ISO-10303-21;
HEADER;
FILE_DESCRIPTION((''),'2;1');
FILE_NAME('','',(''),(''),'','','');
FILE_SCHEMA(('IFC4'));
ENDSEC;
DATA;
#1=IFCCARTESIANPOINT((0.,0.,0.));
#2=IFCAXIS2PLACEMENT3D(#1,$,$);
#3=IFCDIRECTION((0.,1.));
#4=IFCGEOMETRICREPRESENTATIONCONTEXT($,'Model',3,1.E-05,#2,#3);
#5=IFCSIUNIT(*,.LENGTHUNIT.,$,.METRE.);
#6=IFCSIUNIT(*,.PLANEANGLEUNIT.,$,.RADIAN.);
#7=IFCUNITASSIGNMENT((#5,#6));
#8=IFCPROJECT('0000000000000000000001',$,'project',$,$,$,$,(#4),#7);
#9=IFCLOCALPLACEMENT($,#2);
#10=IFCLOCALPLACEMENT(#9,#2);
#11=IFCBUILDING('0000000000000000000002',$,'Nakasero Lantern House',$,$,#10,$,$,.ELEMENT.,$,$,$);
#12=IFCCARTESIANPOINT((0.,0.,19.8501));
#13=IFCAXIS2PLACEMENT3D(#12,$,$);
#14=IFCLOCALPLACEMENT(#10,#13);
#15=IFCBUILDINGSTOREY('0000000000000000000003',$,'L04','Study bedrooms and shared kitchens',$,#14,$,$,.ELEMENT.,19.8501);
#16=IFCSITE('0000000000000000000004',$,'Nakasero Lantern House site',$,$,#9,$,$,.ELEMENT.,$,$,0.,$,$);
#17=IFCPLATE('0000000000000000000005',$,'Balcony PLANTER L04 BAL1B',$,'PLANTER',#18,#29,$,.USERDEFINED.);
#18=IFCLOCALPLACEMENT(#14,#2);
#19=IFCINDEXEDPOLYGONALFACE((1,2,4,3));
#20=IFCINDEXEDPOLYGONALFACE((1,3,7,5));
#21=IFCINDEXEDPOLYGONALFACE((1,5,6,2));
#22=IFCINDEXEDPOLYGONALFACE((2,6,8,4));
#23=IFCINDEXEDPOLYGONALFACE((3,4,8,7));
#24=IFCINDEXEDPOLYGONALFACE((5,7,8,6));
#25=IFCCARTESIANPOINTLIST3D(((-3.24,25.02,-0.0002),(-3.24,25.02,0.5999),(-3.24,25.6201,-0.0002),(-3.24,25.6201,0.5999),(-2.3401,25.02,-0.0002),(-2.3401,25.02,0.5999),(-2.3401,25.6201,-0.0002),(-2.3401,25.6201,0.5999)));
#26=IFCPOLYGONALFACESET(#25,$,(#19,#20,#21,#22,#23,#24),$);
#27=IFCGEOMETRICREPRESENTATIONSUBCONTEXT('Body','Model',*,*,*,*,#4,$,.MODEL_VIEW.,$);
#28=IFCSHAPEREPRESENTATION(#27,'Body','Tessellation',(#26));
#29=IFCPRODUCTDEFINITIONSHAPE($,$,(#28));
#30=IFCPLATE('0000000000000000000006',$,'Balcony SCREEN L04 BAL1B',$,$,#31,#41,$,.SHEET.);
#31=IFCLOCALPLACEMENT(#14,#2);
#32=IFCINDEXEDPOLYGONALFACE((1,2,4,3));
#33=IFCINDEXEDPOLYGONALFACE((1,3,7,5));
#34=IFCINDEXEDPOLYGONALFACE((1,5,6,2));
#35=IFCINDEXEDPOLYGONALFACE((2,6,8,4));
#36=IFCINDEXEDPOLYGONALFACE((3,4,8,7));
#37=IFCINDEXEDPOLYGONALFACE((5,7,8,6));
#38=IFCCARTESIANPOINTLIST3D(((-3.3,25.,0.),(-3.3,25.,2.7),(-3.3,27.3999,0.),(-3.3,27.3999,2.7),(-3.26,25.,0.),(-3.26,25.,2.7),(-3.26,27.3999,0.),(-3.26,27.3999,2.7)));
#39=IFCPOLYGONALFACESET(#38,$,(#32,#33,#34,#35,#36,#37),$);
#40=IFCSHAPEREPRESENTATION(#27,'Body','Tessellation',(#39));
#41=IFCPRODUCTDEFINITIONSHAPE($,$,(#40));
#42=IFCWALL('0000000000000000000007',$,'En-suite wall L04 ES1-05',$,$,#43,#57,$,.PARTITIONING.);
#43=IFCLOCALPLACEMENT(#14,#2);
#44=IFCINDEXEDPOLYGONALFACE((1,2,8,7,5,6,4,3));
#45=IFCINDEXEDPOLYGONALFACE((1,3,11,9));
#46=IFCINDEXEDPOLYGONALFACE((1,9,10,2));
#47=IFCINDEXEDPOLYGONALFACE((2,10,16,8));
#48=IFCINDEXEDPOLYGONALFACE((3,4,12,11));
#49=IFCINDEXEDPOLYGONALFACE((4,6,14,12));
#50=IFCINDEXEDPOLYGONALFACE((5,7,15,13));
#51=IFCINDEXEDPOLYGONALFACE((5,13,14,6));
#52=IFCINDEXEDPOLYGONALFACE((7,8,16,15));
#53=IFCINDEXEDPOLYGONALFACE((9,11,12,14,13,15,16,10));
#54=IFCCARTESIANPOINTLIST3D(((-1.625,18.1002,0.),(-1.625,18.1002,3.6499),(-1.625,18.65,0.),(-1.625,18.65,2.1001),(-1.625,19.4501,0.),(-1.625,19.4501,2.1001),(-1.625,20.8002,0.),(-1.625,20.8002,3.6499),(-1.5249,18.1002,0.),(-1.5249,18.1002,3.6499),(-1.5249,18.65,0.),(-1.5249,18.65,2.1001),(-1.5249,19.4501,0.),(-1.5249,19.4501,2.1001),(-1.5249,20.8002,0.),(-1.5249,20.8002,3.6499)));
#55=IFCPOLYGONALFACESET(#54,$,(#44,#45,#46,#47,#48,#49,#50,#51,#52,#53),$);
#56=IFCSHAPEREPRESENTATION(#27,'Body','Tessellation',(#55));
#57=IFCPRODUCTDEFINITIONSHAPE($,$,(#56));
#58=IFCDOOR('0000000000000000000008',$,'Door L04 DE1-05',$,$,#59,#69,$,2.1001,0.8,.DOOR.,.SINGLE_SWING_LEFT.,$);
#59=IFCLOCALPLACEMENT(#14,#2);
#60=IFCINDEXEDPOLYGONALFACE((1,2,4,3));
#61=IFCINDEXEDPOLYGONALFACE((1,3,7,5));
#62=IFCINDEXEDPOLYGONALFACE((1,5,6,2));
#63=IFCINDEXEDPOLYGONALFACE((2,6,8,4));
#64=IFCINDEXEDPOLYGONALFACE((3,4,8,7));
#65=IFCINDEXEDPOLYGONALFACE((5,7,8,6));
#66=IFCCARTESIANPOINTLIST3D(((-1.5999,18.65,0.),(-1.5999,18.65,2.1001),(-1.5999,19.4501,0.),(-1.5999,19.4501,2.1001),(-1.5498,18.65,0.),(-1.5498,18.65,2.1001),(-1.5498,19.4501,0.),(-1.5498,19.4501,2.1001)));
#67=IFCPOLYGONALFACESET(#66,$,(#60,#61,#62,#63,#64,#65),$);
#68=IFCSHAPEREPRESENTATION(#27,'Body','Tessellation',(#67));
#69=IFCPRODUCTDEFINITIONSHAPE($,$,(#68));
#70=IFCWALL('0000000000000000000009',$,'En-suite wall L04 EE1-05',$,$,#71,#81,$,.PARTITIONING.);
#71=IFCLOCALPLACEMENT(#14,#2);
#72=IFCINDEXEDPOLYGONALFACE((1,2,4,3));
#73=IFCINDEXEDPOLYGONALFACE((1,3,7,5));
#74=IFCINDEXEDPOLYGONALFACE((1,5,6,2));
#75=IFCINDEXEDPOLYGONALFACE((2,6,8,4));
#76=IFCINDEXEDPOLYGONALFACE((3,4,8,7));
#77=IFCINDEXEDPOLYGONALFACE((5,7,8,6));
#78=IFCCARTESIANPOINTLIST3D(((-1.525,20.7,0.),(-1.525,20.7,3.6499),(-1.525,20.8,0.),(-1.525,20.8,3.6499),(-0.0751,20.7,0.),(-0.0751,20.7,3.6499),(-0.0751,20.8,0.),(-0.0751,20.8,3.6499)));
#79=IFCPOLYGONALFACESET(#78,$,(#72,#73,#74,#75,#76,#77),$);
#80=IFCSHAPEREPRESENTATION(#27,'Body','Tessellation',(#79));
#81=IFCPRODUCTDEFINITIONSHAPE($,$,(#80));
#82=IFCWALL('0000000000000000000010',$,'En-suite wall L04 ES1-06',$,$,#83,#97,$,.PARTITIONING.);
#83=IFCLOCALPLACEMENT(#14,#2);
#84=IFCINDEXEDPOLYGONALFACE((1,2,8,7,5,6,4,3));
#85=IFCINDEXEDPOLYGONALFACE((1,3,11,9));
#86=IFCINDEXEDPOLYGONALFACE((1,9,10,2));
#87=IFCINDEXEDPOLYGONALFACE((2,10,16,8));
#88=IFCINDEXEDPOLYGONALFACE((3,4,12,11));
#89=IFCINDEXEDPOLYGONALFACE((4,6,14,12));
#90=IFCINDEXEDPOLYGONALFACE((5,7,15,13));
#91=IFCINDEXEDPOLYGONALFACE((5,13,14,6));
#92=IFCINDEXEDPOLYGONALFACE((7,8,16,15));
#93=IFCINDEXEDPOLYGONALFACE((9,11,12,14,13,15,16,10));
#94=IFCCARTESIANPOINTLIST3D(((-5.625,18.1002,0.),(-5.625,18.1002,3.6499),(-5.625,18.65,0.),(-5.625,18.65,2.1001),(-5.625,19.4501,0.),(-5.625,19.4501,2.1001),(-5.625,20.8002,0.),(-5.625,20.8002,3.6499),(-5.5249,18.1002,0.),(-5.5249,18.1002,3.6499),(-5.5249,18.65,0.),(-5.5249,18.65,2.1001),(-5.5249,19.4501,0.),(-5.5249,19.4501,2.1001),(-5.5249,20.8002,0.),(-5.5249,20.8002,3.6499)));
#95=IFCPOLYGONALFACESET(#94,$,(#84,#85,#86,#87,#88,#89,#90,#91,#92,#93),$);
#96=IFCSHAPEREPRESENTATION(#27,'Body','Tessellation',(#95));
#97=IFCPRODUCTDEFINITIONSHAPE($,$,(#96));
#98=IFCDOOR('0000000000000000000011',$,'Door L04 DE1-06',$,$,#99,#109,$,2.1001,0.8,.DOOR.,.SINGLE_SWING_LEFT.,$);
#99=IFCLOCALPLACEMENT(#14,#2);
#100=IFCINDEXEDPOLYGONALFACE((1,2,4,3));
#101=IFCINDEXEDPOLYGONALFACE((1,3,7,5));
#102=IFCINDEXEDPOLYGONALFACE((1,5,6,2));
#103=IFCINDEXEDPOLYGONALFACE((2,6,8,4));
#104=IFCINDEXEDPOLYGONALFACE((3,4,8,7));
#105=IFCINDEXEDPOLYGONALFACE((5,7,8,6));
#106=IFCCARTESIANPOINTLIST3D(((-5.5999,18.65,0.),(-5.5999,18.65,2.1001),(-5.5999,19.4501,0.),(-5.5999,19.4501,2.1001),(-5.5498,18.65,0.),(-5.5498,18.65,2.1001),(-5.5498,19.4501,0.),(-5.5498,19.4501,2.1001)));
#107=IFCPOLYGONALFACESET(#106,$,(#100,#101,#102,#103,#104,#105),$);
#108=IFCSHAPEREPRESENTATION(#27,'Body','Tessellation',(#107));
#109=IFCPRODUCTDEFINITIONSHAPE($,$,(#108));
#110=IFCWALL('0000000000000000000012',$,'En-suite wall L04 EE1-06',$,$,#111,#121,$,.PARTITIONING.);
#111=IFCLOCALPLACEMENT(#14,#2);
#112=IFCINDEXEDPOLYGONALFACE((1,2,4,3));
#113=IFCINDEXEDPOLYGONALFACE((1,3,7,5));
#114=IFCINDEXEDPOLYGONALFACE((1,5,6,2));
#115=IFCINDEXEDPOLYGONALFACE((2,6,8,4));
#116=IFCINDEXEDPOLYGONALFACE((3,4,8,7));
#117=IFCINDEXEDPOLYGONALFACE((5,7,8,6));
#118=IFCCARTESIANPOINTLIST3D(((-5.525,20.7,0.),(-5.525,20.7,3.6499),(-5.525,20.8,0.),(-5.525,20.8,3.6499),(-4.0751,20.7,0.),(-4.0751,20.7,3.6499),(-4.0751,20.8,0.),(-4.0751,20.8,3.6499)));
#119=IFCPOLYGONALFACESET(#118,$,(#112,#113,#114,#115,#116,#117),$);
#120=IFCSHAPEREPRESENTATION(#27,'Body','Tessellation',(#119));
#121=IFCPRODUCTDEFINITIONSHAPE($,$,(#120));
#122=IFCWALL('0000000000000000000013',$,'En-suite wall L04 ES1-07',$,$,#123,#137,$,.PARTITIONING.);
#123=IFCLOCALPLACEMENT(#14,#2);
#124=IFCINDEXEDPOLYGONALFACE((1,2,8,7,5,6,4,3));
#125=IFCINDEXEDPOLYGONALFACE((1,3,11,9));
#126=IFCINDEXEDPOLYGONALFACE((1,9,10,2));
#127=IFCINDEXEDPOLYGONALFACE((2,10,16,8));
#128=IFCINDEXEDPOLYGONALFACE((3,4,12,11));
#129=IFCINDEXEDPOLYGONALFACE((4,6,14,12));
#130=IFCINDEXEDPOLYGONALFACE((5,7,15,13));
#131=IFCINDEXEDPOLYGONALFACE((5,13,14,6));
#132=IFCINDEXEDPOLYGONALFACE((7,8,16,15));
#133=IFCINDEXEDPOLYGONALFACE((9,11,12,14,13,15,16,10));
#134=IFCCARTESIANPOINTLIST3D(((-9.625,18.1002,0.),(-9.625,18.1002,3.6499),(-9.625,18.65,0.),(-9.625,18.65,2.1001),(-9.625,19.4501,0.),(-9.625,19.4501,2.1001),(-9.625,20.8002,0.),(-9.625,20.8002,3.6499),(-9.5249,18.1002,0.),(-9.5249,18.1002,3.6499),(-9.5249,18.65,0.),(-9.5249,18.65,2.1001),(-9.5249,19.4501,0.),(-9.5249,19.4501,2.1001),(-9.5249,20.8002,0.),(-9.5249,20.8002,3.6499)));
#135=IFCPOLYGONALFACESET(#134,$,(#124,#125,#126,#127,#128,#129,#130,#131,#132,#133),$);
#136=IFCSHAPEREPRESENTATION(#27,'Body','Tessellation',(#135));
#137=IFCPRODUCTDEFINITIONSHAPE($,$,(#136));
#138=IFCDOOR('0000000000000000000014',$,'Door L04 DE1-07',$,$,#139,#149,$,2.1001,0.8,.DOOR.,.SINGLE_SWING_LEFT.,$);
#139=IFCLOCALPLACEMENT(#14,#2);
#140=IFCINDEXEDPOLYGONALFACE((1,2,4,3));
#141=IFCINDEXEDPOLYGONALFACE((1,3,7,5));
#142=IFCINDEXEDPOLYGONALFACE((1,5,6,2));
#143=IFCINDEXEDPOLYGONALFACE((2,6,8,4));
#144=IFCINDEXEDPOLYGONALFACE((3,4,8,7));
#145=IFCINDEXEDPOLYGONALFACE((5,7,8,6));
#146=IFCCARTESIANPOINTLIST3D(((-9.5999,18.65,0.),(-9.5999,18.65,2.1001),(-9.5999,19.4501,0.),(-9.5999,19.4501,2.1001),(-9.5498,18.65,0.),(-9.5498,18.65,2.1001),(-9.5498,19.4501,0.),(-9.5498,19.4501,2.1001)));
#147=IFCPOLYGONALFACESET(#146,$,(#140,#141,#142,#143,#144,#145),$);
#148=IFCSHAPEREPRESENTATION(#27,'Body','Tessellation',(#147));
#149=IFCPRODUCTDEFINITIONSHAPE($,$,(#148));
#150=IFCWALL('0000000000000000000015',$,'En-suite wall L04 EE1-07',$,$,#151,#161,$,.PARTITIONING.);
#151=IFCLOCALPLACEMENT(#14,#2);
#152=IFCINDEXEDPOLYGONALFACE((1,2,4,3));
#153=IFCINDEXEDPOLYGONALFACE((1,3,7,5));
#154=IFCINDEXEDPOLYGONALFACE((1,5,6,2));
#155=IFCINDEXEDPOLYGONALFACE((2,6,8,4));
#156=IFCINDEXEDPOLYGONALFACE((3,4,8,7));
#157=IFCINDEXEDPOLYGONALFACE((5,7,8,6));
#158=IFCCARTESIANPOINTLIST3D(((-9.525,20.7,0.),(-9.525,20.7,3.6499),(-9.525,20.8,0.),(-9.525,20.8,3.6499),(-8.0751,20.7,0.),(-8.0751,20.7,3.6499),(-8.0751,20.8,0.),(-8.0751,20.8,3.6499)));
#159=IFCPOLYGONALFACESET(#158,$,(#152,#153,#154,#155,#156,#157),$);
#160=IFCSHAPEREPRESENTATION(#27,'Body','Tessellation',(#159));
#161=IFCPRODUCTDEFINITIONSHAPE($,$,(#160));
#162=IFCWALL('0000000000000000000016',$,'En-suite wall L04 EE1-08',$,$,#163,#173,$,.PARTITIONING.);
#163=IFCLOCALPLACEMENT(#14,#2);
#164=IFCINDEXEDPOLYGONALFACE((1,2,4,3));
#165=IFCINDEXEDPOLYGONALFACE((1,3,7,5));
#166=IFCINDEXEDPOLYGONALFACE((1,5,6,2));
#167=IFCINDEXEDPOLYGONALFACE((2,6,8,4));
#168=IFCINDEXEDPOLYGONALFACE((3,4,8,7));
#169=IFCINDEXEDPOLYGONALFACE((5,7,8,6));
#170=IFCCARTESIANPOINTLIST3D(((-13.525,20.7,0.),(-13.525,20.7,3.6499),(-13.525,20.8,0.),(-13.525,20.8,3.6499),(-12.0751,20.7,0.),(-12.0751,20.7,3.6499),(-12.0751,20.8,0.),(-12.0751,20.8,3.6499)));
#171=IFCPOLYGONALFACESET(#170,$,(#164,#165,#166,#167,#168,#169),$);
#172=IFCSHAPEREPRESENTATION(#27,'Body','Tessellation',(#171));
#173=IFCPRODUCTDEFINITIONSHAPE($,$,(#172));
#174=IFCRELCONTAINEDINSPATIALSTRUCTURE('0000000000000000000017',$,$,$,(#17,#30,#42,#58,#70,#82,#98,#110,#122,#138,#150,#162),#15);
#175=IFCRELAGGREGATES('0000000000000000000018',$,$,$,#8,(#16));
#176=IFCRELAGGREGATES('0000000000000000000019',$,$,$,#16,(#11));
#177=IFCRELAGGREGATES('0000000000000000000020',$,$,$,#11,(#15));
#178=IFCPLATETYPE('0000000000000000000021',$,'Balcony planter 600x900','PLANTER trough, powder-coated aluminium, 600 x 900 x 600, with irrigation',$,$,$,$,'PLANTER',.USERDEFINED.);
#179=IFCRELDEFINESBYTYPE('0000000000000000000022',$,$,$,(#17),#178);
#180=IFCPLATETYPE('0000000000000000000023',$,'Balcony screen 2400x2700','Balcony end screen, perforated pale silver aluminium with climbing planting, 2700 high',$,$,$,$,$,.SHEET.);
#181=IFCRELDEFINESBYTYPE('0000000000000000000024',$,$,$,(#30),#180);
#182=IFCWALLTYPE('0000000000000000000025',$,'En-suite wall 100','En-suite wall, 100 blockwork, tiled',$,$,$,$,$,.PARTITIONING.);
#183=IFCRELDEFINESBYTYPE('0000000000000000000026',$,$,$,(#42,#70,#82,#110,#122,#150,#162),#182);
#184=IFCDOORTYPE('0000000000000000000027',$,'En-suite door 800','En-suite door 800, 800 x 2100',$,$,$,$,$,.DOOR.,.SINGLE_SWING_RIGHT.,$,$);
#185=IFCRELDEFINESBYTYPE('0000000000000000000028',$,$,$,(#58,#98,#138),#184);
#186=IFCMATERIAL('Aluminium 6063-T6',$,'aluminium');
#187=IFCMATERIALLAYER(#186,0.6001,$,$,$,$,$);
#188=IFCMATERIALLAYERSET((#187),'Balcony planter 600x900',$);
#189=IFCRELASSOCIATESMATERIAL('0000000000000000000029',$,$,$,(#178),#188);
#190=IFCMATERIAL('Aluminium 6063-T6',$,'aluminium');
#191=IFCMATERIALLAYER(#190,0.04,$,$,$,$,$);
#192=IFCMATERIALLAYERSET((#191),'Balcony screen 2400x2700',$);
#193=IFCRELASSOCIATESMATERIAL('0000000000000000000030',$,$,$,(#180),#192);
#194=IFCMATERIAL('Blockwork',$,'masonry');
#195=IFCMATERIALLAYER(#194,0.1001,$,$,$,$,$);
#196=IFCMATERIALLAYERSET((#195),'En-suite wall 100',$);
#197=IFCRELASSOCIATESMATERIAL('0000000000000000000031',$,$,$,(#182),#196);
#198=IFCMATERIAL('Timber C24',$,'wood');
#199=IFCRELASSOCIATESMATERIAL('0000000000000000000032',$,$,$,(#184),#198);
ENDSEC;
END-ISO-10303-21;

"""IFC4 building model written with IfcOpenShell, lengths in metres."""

from ifc_helpers import new_model, si_unit, direction, frame, frame_2d, origin, origin_2d, place, context, subcontext, project, spatial, rectangle, extrude, material, layer, layer_set, type_object, element, fill, save


model = new_model("IFC4")

# Units and contexts
model_context = context("Model", 3, precision=1e-05, world=origin(), true_north=direction((0.0, 1.0)))
body_context = subcontext(model_context, "Body", "Model", "MODEL_VIEW")
ifc_project = project(units=[si_unit("LENGTHUNIT", "METRE"), si_unit("PLANEANGLEUNIT", "RADIAN")], contexts=[model_context])

# Site, building, storey
site_placement = place(None, origin())
site = spatial("IfcSite", under=ifc_project, at=site_placement, Name="Nakasero Lantern House site", CompositionType="ELEMENT", RefElevation=0.0)
building_placement = place(site_placement, origin())
building = spatial("IfcBuilding", under=site, at=building_placement, Name="Nakasero Lantern House", CompositionType="ELEMENT")
storey_placement = place(building_placement, frame((0.0, 0.0, 19.8501)))
storey = spatial("IfcBuildingStorey", under=building, at=storey_placement, Name="L04", Description="Study bedrooms and shared kitchens", CompositionType="ELEMENT", Elevation=19.8501)

# Plates
ifc_material_1 = material(Name="Aluminium 6063-T6", Category="aluminium")
ifc_layer_1 = layer(ifc_material_1, 0.6001)
ifc_layer_set_1 = layer_set([ifc_layer_1], Name="Balcony planter 600x900")
plate_type_1 = type_object("IfcPlateType", Name="Balcony planter 600x900", Description="PLANTER trough, powder-coated aluminium, 600 x 900 x 600, with irrigation", ElementType="PLANTER", PredefinedType="USERDEFINED", material=ifc_layer_set_1)
plate_1_placement = place(storey_placement, frame((-2.79, 25.3201, -0.0002), z_axis=(0.0, 0.0, 1.0), x_axis=(0.0, 1.0, 0.0)))
element("IfcPlate", 1, at=plate_1_placement, inside=storey, type_object=plate_type_1, Name="Balcony PLANTER L04 BAL1B", ObjectType="PLANTER", PredefinedType="USERDEFINED", context=body_context, shape_type="SweptSolid", body=[
    extrude(rectangle(XDim=0.6001, YDim=0.8999, at=origin_2d()), origin(), (0.0, 0.0, 1.0), 0.6001),
])
ifc_material_2 = material(Name="Aluminium 6063-T6", Category="aluminium")
ifc_layer_2 = layer(ifc_material_2, 0.04)
ifc_layer_set_2 = layer_set([ifc_layer_2], Name="Balcony screen 2400x2700")
plate_type_2 = type_object("IfcPlateType", Name="Balcony screen 2400x2700", Description="Balcony end screen, perforated pale silver aluminium with climbing planting, 2700 high", PredefinedType="SHEET", material=ifc_layer_set_2)
plate_2_placement = place(storey_placement, frame((-3.28, 26.2, 0.0), z_axis=(0.0, 0.0, 1.0), x_axis=(0.0, 1.0, 0.0)))
element("IfcPlate", 2, at=plate_2_placement, inside=storey, type_object=plate_type_2, Name="Balcony SCREEN L04 BAL1B", PredefinedType="SHEET", context=body_context, shape_type="SweptSolid", body=[
    extrude(rectangle(XDim=2.3999, YDim=0.04, at=origin_2d()), origin(), (0.0, 0.0, 1.0), 2.7),
])

# Wall, opening, door
ifc_material_3 = material(Name="Blockwork", Category="masonry")
ifc_layer_3 = layer(ifc_material_3, 0.1001)
ifc_layer_set_3 = layer_set([ifc_layer_3], Name="En-suite wall 100")
wall_type_1 = type_object("IfcWallType", Name="En-suite wall 100", Description="En-suite wall, 100 blockwork, tiled", PredefinedType="PARTITIONING", material=ifc_layer_set_3)
wall_1_placement = place(storey_placement, frame((-1.575, 18.1001, 0.0), z_axis=(0.0, 0.0, 1.0), x_axis=(0.0, 1.0, 0.0)))
wall_1 = element("IfcWall", 3, at=wall_1_placement, inside=storey, type_object=wall_type_1, Name="En-suite wall L04 ES1-05", PredefinedType="PARTITIONING", context=body_context, shape_type="SweptSolid", body=[
    extrude(rectangle(XDim=2.7, YDim=0.1001, at=frame_2d((1.3501, 0.0))), origin(), (0.0, 0.0, 1.0), 3.6499),
])
opening_1_placement = place(wall_1_placement, frame((0.55, 0.0, 0.0)))
opening_1 = element("IfcOpeningElement", 4, at=opening_1_placement, cuts=wall_1, PredefinedType="OPENING", context=body_context, shape_type="SweptSolid", body=[
    extrude(rectangle(XDim=0.8, YDim=2.1001, at=frame_2d((0.3999, 1.05))), frame((0.0, 0.0701, 0.0), z_axis=(0.0, -1.0, 0.0), x_axis=(1.0, 0.0, 0.0)), (0.0, 0.0, 1.0), 0.1401),
])
ifc_material_4 = material(Name="Timber C24", Category="wood")
door_type_1 = type_object("IfcDoorType", Name="En-suite door 800", Description="En-suite door 800, 800 x 2100", OperationType="SINGLE_SWING_RIGHT", PredefinedType="DOOR", material=ifc_material_4)
door_1_placement = place(opening_1_placement, origin())
door_1 = element("IfcDoor", 5, at=door_1_placement, inside=storey, type_object=door_type_1, Name="Door L04 DE1-05", OperationType="SINGLE_SWING_LEFT", OverallHeight=2.1001, OverallWidth=0.8, PredefinedType="DOOR", context=body_context, shape_type="SweptSolid", body=[
    extrude(rectangle(XDim=0.8, YDim=2.1001, at=frame_2d((0.3999, 1.05))), frame((0.0, 0.0249, 0.0), z_axis=(0.0, -1.0, 0.0), x_axis=(1.0, 0.0, 0.0)), (0.0, 0.0, 1.0), 0.05),
])
fill(opening_1, door_1)

# Wall
wall_2_placement = place(storey_placement, frame((-0.075, 20.75, 0.0), z_axis=(0.0, 0.0, 1.0), x_axis=(-1.0, 0.0, 0.0)))
element("IfcWall", 6, at=wall_2_placement, inside=storey, type_object=wall_type_1, Name="En-suite wall L04 EE1-05", PredefinedType="PARTITIONING", context=body_context, shape_type="SweptSolid", body=[
    extrude(rectangle(XDim=1.45, YDim=0.1001, at=frame_2d((0.7251, 0.0))), origin(), (0.0, 0.0, 1.0), 3.6499),
])

# Wall, opening, door
wall_3_placement = place(storey_placement, frame((-5.575, 18.1001, 0.0), z_axis=(0.0, 0.0, 1.0), x_axis=(0.0, 1.0, 0.0)))
wall_3 = element("IfcWall", 7, at=wall_3_placement, inside=storey, type_object=wall_type_1, Name="En-suite wall L04 ES1-06", PredefinedType="PARTITIONING", context=body_context, shape_type="SweptSolid", body=[
    extrude(rectangle(XDim=2.7, YDim=0.1001, at=frame_2d((1.3501, 0.0))), origin(), (0.0, 0.0, 1.0), 3.6499),
])
opening_2_placement = place(wall_3_placement, frame((0.55, 0.0, 0.0)))
opening_2 = element("IfcOpeningElement", 8, at=opening_2_placement, cuts=wall_3, PredefinedType="OPENING", context=body_context, shape_type="SweptSolid", body=[
    extrude(rectangle(XDim=0.8, YDim=2.1001, at=frame_2d((0.3999, 1.05))), frame((0.0, 0.0701, 0.0), z_axis=(0.0, -1.0, 0.0), x_axis=(1.0, 0.0, 0.0)), (0.0, 0.0, 1.0), 0.1401),
])
door_2_placement = place(opening_2_placement, origin())
door_2 = element("IfcDoor", 9, at=door_2_placement, inside=storey, type_object=door_type_1, Name="Door L04 DE1-06", OperationType="SINGLE_SWING_LEFT", OverallHeight=2.1001, OverallWidth=0.8, PredefinedType="DOOR", context=body_context, shape_type="SweptSolid", body=[
    extrude(rectangle(XDim=0.8, YDim=2.1001, at=frame_2d((0.3999, 1.05))), frame((0.0, 0.0249, 0.0), z_axis=(0.0, -1.0, 0.0), x_axis=(1.0, 0.0, 0.0)), (0.0, 0.0, 1.0), 0.05),
])
fill(opening_2, door_2)

# Wall
wall_4_placement = place(storey_placement, frame((-4.075, 20.75, 0.0), z_axis=(0.0, 0.0, 1.0), x_axis=(-1.0, 0.0, 0.0)))
element("IfcWall", 10, at=wall_4_placement, inside=storey, type_object=wall_type_1, Name="En-suite wall L04 EE1-06", PredefinedType="PARTITIONING", context=body_context, shape_type="SweptSolid", body=[
    extrude(rectangle(XDim=1.45, YDim=0.1001, at=frame_2d((0.7251, 0.0))), origin(), (0.0, 0.0, 1.0), 3.6499),
])

# Wall, opening, door
wall_5_placement = place(storey_placement, frame((-9.575, 18.1001, 0.0), z_axis=(0.0, 0.0, 1.0), x_axis=(0.0, 1.0, 0.0)))
wall_5 = element("IfcWall", 11, at=wall_5_placement, inside=storey, type_object=wall_type_1, Name="En-suite wall L04 ES1-07", PredefinedType="PARTITIONING", context=body_context, shape_type="SweptSolid", body=[
    extrude(rectangle(XDim=2.7, YDim=0.1001, at=frame_2d((1.3501, 0.0))), origin(), (0.0, 0.0, 1.0), 3.6499),
])
opening_3_placement = place(wall_5_placement, frame((0.55, 0.0, 0.0)))
opening_3 = element("IfcOpeningElement", 12, at=opening_3_placement, cuts=wall_5, PredefinedType="OPENING", context=body_context, shape_type="SweptSolid", body=[
    extrude(rectangle(XDim=0.8, YDim=2.1001, at=frame_2d((0.3999, 1.05))), frame((0.0, 0.0701, 0.0), z_axis=(0.0, -1.0, 0.0), x_axis=(1.0, 0.0, 0.0)), (0.0, 0.0, 1.0), 0.1401),
])
door_3_placement = place(opening_3_placement, origin())
door_3 = element("IfcDoor", 13, at=door_3_placement, inside=storey, type_object=door_type_1, Name="Door L04 DE1-07", OperationType="SINGLE_SWING_LEFT", OverallHeight=2.1001, OverallWidth=0.8, PredefinedType="DOOR", context=body_context, shape_type="SweptSolid", body=[
    extrude(rectangle(XDim=0.8, YDim=2.1001, at=frame_2d((0.3999, 1.05))), frame((0.0, 0.0249, 0.0), z_axis=(0.0, -1.0, 0.0), x_axis=(1.0, 0.0, 0.0)), (0.0, 0.0, 1.0), 0.05),
])
fill(opening_3, door_3)

# Walls
for number, where, z_axis, x_axis, name in (
    (14, (-8.075, 20.75, 0.0), (0.0, 0.0, 1.0), (-1.0, 0.0, 0.0), "En-suite wall L04 EE1-07"),
    (15, (-12.075, 20.75, 0.0), (0.0, 0.0, 1.0), (-1.0, 0.0, 0.0), "En-suite wall L04 EE1-08"),
):
    element("IfcWall", number, at=place(storey_placement, frame(where, z_axis=z_axis, x_axis=x_axis)), inside=storey, type_object=wall_type_1, Name=name, PredefinedType="PARTITIONING", context=body_context, shape_type="SweptSolid", body=[
        extrude(rectangle(XDim=1.45, YDim=0.1001, at=frame_2d((0.7251, 0.0))), origin(), (0.0, 0.0, 1.0), 3.6499),
    ])

save(model, "model.ifc")
